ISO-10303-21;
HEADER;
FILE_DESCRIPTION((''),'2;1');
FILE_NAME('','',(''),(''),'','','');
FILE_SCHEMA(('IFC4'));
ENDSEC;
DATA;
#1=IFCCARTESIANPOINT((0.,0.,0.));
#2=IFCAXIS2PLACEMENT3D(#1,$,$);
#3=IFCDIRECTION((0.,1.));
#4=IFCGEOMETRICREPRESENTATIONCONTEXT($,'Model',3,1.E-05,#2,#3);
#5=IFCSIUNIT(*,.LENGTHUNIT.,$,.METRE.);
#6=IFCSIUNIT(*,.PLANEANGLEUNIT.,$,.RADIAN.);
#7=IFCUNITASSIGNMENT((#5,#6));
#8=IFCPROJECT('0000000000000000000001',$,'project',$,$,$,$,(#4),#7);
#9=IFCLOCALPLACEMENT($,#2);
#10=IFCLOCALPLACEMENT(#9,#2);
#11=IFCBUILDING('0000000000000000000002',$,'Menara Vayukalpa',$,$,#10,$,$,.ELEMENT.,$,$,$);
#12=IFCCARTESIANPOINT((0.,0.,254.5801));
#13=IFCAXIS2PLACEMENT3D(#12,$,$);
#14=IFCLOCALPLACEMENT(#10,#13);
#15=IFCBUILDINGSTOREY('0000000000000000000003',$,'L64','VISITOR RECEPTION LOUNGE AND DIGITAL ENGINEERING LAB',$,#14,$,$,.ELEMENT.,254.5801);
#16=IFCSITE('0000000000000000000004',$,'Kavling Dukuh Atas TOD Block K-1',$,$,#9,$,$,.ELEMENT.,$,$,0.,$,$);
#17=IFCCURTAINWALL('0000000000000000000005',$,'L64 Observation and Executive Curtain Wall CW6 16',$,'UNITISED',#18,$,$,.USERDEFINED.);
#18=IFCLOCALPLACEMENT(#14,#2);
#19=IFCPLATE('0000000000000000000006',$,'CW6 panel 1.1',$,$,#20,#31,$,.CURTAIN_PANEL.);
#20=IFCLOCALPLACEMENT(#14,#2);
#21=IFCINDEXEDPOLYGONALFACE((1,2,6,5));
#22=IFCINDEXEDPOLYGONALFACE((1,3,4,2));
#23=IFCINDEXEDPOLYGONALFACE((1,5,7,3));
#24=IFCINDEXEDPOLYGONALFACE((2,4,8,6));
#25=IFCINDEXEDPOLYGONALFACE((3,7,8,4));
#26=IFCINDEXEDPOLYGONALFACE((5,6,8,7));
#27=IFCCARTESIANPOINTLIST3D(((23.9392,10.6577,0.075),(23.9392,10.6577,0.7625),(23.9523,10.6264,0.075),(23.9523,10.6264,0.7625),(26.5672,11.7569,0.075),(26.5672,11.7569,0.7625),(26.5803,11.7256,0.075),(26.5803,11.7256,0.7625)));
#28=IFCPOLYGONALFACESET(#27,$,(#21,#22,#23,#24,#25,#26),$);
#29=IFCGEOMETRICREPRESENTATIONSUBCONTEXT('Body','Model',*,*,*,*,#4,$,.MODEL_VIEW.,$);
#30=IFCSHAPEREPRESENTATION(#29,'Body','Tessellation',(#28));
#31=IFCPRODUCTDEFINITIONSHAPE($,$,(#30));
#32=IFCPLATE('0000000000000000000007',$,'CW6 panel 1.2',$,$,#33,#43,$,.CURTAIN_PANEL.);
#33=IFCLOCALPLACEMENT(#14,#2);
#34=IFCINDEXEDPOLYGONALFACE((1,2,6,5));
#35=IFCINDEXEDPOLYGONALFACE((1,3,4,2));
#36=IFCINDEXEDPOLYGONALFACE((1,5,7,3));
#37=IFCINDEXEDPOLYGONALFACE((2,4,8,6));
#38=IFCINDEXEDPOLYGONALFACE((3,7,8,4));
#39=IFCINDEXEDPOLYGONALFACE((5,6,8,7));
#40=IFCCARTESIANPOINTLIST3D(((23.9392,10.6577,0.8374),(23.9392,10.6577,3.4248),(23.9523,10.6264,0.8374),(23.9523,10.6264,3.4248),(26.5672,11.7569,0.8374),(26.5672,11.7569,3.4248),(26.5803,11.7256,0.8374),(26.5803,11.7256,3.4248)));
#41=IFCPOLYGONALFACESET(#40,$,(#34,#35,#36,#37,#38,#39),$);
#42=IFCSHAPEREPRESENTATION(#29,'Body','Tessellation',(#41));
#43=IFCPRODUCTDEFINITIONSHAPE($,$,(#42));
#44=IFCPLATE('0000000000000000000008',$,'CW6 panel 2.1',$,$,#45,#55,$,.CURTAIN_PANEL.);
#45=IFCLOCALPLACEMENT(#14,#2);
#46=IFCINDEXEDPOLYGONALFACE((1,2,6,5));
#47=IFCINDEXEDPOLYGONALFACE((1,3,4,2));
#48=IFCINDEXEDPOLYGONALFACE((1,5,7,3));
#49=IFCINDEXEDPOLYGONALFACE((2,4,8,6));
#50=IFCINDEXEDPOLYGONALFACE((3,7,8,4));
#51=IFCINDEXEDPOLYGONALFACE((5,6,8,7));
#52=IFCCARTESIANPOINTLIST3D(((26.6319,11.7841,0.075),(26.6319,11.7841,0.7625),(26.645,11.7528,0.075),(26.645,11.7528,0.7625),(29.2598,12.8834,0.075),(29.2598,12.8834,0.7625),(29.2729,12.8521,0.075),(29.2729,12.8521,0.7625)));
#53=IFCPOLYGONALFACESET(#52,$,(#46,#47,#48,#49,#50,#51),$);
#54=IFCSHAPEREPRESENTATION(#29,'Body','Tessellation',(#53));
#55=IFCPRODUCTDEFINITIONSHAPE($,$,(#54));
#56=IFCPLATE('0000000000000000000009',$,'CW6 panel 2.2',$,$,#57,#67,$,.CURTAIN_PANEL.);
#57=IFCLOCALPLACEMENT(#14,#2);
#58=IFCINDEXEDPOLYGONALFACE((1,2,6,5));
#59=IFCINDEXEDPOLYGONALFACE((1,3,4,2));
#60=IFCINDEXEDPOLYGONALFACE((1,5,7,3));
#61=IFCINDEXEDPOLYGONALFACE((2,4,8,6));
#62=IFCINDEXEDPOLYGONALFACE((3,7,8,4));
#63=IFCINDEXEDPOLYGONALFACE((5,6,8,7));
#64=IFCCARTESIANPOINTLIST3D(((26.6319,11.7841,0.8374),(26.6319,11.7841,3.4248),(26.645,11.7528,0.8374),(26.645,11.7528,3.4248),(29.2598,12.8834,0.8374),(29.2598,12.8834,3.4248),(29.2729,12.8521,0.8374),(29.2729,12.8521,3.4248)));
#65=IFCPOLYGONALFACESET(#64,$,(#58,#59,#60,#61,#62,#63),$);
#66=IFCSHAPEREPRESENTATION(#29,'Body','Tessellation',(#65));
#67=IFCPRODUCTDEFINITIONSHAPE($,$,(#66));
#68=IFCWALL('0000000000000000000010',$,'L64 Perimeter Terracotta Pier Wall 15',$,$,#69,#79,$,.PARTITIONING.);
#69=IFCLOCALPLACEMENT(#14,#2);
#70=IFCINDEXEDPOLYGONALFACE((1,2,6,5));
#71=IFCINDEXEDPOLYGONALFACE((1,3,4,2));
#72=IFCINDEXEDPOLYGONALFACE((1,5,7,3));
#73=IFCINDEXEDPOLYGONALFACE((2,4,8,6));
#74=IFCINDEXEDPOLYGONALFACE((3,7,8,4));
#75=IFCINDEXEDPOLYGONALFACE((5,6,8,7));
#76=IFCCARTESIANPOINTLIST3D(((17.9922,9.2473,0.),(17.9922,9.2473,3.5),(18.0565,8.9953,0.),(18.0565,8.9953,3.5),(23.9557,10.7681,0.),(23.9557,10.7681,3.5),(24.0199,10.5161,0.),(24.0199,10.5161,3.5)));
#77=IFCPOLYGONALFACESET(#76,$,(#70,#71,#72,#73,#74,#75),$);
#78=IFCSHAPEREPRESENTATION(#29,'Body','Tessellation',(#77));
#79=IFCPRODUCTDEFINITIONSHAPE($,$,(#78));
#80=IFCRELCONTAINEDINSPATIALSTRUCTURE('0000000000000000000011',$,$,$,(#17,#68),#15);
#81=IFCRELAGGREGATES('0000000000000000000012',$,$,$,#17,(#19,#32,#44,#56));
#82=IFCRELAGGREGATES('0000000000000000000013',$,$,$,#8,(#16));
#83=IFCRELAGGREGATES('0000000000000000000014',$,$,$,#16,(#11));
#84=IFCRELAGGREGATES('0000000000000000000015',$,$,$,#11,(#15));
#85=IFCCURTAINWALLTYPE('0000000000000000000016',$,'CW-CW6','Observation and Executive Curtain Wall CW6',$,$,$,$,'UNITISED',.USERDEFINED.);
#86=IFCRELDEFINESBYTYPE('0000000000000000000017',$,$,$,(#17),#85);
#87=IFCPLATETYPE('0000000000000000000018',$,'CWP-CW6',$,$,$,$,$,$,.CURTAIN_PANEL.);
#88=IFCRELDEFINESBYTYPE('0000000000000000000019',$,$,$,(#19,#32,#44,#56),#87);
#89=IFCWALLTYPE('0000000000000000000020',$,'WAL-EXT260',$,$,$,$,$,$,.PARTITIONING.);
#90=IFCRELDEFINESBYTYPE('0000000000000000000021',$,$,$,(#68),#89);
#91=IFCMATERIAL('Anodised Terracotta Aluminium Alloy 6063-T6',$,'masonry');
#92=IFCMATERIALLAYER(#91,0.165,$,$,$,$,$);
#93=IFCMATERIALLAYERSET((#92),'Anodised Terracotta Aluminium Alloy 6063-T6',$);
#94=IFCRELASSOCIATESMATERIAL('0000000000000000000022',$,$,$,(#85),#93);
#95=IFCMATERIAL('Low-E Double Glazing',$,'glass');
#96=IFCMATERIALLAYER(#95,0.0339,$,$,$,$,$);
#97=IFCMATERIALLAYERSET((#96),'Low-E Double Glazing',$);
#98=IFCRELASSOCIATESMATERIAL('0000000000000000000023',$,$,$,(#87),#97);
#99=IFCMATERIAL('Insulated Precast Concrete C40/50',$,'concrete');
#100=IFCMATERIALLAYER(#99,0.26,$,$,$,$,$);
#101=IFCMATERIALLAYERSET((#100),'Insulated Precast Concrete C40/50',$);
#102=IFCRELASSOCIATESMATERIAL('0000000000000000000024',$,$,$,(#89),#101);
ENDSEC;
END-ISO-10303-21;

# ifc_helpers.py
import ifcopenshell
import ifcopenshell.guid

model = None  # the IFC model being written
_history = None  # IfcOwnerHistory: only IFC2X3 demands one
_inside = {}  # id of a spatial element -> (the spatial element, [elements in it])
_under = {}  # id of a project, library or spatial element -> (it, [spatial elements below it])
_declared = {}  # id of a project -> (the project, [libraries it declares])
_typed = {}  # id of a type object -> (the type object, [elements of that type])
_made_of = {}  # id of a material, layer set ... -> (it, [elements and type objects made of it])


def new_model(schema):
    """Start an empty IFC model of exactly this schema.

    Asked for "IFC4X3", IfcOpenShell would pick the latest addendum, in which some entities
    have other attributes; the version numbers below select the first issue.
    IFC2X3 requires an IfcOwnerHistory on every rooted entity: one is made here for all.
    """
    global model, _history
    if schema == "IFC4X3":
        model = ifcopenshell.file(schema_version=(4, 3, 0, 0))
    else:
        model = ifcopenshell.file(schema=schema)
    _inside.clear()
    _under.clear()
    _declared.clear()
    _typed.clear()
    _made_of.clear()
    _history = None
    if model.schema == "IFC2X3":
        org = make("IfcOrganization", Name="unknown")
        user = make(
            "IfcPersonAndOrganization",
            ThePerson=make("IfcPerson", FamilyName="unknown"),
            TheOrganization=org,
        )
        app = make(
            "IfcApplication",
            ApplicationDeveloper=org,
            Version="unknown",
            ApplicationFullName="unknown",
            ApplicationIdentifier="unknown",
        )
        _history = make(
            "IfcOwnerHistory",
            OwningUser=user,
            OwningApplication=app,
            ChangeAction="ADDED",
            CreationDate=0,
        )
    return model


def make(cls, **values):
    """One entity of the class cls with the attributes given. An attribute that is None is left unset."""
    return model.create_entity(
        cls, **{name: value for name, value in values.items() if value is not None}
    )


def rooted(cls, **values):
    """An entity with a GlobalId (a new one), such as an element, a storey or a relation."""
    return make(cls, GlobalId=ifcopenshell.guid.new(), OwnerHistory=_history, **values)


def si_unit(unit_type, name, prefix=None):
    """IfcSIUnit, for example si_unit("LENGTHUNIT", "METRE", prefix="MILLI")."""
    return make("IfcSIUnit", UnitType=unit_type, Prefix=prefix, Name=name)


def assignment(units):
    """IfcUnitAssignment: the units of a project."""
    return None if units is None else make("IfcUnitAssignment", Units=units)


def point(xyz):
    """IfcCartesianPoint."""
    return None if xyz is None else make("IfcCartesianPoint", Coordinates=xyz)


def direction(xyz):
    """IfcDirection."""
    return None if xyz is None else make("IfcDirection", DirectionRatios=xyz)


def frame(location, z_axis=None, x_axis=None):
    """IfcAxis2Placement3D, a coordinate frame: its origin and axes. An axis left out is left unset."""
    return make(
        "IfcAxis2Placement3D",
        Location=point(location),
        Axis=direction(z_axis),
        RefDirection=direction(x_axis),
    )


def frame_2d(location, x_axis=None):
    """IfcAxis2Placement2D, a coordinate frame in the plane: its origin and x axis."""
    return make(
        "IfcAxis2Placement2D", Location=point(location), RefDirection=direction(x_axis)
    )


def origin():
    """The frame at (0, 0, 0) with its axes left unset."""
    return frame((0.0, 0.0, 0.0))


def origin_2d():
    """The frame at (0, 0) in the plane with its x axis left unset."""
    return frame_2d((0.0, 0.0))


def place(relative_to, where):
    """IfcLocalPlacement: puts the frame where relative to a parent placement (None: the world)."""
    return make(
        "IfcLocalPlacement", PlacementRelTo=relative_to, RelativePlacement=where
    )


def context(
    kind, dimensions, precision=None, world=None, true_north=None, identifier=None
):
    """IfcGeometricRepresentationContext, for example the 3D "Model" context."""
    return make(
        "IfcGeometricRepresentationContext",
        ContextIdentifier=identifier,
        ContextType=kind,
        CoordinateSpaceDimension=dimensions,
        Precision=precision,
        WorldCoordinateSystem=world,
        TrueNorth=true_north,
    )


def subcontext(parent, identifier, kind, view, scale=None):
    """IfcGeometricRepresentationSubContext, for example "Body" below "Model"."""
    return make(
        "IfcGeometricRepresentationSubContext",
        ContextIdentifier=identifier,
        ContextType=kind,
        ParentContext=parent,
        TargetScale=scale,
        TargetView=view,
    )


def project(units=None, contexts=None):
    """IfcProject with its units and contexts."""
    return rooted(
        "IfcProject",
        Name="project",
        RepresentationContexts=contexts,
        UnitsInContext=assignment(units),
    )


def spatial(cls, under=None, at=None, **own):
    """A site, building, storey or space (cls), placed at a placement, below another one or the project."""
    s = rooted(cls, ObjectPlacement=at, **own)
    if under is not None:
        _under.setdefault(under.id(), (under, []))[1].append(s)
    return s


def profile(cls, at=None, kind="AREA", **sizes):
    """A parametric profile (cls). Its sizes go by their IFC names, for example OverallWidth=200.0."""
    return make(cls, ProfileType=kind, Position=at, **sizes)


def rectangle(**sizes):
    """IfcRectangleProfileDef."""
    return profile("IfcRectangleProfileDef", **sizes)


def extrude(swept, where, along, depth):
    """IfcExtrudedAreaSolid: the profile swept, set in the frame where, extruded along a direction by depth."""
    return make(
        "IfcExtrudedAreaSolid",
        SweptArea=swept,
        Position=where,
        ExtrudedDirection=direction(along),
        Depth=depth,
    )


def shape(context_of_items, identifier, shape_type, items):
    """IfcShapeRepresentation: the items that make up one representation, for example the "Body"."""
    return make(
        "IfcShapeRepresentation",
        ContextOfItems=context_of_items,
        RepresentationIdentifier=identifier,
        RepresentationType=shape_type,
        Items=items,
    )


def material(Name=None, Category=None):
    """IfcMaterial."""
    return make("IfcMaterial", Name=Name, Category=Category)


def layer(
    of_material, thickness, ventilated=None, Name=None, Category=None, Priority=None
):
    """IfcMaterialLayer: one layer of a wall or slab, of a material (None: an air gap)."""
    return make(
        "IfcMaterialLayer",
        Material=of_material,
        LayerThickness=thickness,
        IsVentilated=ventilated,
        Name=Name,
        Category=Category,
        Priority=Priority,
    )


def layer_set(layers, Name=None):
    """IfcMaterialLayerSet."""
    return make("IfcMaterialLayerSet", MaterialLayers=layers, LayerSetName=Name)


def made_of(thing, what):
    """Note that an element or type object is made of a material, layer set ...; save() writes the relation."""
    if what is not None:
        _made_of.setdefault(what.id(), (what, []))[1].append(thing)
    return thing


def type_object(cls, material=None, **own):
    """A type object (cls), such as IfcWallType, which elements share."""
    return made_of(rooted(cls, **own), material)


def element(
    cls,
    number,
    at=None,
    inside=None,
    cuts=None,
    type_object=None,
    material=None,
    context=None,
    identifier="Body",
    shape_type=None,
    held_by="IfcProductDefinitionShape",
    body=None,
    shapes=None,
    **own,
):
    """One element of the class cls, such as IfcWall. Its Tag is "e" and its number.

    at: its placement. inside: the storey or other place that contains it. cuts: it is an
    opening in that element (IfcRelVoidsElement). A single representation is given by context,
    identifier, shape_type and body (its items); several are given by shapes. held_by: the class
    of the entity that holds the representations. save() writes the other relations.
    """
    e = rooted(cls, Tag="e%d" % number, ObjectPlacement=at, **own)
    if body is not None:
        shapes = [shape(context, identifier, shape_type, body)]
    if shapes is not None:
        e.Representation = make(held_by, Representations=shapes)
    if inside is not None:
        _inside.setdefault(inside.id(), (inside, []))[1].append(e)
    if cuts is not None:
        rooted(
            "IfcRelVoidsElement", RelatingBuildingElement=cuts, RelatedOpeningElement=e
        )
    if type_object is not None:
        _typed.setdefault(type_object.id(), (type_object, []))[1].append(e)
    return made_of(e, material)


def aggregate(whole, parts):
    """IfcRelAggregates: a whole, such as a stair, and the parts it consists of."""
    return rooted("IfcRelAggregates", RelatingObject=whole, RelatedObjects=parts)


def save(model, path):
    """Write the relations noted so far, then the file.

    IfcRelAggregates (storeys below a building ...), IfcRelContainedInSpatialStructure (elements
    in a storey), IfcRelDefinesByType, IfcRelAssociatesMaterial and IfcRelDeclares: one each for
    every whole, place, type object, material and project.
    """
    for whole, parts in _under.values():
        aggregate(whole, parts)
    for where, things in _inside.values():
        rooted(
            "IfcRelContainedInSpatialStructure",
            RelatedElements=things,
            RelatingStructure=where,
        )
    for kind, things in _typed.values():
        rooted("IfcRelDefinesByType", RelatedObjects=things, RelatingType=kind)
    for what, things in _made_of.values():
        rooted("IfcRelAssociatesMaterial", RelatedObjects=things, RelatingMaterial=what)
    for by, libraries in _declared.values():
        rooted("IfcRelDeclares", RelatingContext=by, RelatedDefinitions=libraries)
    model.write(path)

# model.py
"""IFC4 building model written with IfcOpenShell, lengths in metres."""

from ifc_helpers import new_model, si_unit, direction, frame, frame_2d, origin, origin_2d, place, context, subcontext, project, spatial, rectangle, extrude, material, layer, layer_set, type_object, element, aggregate, save


model = new_model("IFC4")

# Units and contexts
model_context = context("Model", 3, precision=1e-05, world=origin(), true_north=direction((0.0, 1.0)))
body_context = subcontext(model_context, "Body", "Model", "MODEL_VIEW")
ifc_project = project(units=[si_unit("LENGTHUNIT", "METRE"), si_unit("PLANEANGLEUNIT", "RADIAN")], contexts=[model_context])

# Site, building, storey
site_placement = place(None, origin())
site = spatial("IfcSite", under=ifc_project, at=site_placement, Name="Kavling Dukuh Atas TOD Block K-1", CompositionType="ELEMENT", RefElevation=0.0)
building_placement = place(site_placement, origin())
building = spatial("IfcBuilding", under=site, at=building_placement, Name="Menara Vayukalpa", CompositionType="ELEMENT")
storey_placement = place(building_placement, frame((0.0, 0.0, 254.5801)))
storey = spatial("IfcBuildingStorey", under=building, at=storey_placement, Name="L64", Description="VISITOR RECEPTION LOUNGE AND DIGITAL ENGINEERING LAB", CompositionType="ELEMENT", Elevation=254.5801)

# Curtain wall, plates
ifc_material_1 = material(Name="Anodised Terracotta Aluminium Alloy 6063-T6", Category="masonry")
ifc_layer_1 = layer(ifc_material_1, 0.165)
ifc_layer_set_1 = layer_set([ifc_layer_1], Name="Anodised Terracotta Aluminium Alloy 6063-T6")
curtain_wall_type = type_object("IfcCurtainWallType", Name="CW-CW6", Description="Observation and Executive Curtain Wall CW6", ElementType="UNITISED", PredefinedType="USERDEFINED", material=ifc_layer_set_1)
curtain_wall_placement = place(storey_placement, origin())
curtain_wall = element("IfcCurtainWall", 1, at=curtain_wall_placement, inside=storey, type_object=curtain_wall_type, Name="L64 Observation and Executive Curtain Wall CW6 16", ObjectType="UNITISED", PredefinedType="USERDEFINED")
ifc_material_2 = material(Name="Low-E Double Glazing", Category="glass")
ifc_layer_2 = layer(ifc_material_2, 0.0339)
ifc_layer_set_2 = layer_set([ifc_layer_2], Name="Low-E Double Glazing")
plate_type = type_object("IfcPlateType", Name="CWP-CW6", PredefinedType="CURTAIN_PANEL", material=ifc_layer_set_2)
plate_1_placement = place(storey_placement, frame((25.2598, 11.1917, 0.075), z_axis=(0.0, 0.0, 1.0), x_axis=(0.922541, 0.3859, 0.0)))
plate_1 = element("IfcPlate", 2, at=plate_1_placement, type_object=plate_type, Name="CW6 panel 1.1", PredefinedType="CURTAIN_PANEL", context=body_context, shape_type="SweptSolid", body=[
    extrude(rectangle(XDim=2.8486, YDim=0.0339, at=origin_2d()), origin(), (0.0, 0.0, 1.0), 0.6875),
])
plate_2_placement = place(storey_placement, frame((25.2598, 11.1917, 0.8374), z_axis=(0.0, 0.0, 1.0), x_axis=(0.922541, 0.3859, 0.0)))
plate_2 = element("IfcPlate", 3, at=plate_2_placement, type_object=plate_type, Name="CW6 panel 1.2", PredefinedType="CURTAIN_PANEL", context=body_context, shape_type="SweptSolid", body=[
    extrude(rectangle(XDim=2.8486, YDim=0.0339, at=origin_2d()), origin(), (0.0, 0.0, 1.0), 2.5874),
])
plate_3_placement = place(storey_placement, frame((27.9524, 12.3181, 0.075), z_axis=(0.0, 0.0, 1.0), x_axis=(0.922541, 0.3859, 0.0)))
plate_3 = element("IfcPlate", 4, at=plate_3_placement, type_object=plate_type, Name="CW6 panel 2.1", PredefinedType="CURTAIN_PANEL", context=body_context, shape_type="SweptSolid", body=[
    extrude(rectangle(XDim=2.8486, YDim=0.0339, at=origin_2d()), origin(), (0.0, 0.0, 1.0), 0.6875),
])
plate_4_placement = place(storey_placement, frame((27.9524, 12.3181, 0.8374), z_axis=(0.0, 0.0, 1.0), x_axis=(0.922541, 0.3859, 0.0)))
plate_4 = element("IfcPlate", 5, at=plate_4_placement, type_object=plate_type, Name="CW6 panel 2.2", PredefinedType="CURTAIN_PANEL", context=body_context, shape_type="SweptSolid", body=[
    extrude(rectangle(XDim=2.8486, YDim=0.0339, at=origin_2d()), origin(), (0.0, 0.0, 1.0), 2.5874),
])
aggregate(curtain_wall, [plate_1, plate_2, plate_3, plate_4])

# Wall
ifc_material_3 = material(Name="Insulated Precast Concrete C40/50", Category="concrete")
ifc_layer_3 = layer(ifc_material_3, 0.26)
ifc_layer_set_3 = layer_set([ifc_layer_3], Name="Insulated Precast Concrete C40/50")
wall_type = type_object("IfcWallType", Name="WAL-EXT260", PredefinedType="PARTITIONING", material=ifc_layer_set_3)
wall_placement = place(storey_placement, frame((23.9878, 10.6421, 0.0), z_axis=(0.0, 0.0, 1.0), x_axis=(-0.968988, -0.247107, 0.0)))
element("IfcWall", 6, at=wall_placement, inside=storey, type_object=wall_type, Name="L64 Perimeter Terracotta Pier Wall 15", PredefinedType="PARTITIONING", context=body_context, shape_type="SweptSolid", body=[
    extrude(rectangle(XDim=6.1543, YDim=0.26, at=frame_2d((3.0771, 0.0))), origin(), (0.0, 0.0, 1.0), 3.5),
])

save(model, "model.ifc")
